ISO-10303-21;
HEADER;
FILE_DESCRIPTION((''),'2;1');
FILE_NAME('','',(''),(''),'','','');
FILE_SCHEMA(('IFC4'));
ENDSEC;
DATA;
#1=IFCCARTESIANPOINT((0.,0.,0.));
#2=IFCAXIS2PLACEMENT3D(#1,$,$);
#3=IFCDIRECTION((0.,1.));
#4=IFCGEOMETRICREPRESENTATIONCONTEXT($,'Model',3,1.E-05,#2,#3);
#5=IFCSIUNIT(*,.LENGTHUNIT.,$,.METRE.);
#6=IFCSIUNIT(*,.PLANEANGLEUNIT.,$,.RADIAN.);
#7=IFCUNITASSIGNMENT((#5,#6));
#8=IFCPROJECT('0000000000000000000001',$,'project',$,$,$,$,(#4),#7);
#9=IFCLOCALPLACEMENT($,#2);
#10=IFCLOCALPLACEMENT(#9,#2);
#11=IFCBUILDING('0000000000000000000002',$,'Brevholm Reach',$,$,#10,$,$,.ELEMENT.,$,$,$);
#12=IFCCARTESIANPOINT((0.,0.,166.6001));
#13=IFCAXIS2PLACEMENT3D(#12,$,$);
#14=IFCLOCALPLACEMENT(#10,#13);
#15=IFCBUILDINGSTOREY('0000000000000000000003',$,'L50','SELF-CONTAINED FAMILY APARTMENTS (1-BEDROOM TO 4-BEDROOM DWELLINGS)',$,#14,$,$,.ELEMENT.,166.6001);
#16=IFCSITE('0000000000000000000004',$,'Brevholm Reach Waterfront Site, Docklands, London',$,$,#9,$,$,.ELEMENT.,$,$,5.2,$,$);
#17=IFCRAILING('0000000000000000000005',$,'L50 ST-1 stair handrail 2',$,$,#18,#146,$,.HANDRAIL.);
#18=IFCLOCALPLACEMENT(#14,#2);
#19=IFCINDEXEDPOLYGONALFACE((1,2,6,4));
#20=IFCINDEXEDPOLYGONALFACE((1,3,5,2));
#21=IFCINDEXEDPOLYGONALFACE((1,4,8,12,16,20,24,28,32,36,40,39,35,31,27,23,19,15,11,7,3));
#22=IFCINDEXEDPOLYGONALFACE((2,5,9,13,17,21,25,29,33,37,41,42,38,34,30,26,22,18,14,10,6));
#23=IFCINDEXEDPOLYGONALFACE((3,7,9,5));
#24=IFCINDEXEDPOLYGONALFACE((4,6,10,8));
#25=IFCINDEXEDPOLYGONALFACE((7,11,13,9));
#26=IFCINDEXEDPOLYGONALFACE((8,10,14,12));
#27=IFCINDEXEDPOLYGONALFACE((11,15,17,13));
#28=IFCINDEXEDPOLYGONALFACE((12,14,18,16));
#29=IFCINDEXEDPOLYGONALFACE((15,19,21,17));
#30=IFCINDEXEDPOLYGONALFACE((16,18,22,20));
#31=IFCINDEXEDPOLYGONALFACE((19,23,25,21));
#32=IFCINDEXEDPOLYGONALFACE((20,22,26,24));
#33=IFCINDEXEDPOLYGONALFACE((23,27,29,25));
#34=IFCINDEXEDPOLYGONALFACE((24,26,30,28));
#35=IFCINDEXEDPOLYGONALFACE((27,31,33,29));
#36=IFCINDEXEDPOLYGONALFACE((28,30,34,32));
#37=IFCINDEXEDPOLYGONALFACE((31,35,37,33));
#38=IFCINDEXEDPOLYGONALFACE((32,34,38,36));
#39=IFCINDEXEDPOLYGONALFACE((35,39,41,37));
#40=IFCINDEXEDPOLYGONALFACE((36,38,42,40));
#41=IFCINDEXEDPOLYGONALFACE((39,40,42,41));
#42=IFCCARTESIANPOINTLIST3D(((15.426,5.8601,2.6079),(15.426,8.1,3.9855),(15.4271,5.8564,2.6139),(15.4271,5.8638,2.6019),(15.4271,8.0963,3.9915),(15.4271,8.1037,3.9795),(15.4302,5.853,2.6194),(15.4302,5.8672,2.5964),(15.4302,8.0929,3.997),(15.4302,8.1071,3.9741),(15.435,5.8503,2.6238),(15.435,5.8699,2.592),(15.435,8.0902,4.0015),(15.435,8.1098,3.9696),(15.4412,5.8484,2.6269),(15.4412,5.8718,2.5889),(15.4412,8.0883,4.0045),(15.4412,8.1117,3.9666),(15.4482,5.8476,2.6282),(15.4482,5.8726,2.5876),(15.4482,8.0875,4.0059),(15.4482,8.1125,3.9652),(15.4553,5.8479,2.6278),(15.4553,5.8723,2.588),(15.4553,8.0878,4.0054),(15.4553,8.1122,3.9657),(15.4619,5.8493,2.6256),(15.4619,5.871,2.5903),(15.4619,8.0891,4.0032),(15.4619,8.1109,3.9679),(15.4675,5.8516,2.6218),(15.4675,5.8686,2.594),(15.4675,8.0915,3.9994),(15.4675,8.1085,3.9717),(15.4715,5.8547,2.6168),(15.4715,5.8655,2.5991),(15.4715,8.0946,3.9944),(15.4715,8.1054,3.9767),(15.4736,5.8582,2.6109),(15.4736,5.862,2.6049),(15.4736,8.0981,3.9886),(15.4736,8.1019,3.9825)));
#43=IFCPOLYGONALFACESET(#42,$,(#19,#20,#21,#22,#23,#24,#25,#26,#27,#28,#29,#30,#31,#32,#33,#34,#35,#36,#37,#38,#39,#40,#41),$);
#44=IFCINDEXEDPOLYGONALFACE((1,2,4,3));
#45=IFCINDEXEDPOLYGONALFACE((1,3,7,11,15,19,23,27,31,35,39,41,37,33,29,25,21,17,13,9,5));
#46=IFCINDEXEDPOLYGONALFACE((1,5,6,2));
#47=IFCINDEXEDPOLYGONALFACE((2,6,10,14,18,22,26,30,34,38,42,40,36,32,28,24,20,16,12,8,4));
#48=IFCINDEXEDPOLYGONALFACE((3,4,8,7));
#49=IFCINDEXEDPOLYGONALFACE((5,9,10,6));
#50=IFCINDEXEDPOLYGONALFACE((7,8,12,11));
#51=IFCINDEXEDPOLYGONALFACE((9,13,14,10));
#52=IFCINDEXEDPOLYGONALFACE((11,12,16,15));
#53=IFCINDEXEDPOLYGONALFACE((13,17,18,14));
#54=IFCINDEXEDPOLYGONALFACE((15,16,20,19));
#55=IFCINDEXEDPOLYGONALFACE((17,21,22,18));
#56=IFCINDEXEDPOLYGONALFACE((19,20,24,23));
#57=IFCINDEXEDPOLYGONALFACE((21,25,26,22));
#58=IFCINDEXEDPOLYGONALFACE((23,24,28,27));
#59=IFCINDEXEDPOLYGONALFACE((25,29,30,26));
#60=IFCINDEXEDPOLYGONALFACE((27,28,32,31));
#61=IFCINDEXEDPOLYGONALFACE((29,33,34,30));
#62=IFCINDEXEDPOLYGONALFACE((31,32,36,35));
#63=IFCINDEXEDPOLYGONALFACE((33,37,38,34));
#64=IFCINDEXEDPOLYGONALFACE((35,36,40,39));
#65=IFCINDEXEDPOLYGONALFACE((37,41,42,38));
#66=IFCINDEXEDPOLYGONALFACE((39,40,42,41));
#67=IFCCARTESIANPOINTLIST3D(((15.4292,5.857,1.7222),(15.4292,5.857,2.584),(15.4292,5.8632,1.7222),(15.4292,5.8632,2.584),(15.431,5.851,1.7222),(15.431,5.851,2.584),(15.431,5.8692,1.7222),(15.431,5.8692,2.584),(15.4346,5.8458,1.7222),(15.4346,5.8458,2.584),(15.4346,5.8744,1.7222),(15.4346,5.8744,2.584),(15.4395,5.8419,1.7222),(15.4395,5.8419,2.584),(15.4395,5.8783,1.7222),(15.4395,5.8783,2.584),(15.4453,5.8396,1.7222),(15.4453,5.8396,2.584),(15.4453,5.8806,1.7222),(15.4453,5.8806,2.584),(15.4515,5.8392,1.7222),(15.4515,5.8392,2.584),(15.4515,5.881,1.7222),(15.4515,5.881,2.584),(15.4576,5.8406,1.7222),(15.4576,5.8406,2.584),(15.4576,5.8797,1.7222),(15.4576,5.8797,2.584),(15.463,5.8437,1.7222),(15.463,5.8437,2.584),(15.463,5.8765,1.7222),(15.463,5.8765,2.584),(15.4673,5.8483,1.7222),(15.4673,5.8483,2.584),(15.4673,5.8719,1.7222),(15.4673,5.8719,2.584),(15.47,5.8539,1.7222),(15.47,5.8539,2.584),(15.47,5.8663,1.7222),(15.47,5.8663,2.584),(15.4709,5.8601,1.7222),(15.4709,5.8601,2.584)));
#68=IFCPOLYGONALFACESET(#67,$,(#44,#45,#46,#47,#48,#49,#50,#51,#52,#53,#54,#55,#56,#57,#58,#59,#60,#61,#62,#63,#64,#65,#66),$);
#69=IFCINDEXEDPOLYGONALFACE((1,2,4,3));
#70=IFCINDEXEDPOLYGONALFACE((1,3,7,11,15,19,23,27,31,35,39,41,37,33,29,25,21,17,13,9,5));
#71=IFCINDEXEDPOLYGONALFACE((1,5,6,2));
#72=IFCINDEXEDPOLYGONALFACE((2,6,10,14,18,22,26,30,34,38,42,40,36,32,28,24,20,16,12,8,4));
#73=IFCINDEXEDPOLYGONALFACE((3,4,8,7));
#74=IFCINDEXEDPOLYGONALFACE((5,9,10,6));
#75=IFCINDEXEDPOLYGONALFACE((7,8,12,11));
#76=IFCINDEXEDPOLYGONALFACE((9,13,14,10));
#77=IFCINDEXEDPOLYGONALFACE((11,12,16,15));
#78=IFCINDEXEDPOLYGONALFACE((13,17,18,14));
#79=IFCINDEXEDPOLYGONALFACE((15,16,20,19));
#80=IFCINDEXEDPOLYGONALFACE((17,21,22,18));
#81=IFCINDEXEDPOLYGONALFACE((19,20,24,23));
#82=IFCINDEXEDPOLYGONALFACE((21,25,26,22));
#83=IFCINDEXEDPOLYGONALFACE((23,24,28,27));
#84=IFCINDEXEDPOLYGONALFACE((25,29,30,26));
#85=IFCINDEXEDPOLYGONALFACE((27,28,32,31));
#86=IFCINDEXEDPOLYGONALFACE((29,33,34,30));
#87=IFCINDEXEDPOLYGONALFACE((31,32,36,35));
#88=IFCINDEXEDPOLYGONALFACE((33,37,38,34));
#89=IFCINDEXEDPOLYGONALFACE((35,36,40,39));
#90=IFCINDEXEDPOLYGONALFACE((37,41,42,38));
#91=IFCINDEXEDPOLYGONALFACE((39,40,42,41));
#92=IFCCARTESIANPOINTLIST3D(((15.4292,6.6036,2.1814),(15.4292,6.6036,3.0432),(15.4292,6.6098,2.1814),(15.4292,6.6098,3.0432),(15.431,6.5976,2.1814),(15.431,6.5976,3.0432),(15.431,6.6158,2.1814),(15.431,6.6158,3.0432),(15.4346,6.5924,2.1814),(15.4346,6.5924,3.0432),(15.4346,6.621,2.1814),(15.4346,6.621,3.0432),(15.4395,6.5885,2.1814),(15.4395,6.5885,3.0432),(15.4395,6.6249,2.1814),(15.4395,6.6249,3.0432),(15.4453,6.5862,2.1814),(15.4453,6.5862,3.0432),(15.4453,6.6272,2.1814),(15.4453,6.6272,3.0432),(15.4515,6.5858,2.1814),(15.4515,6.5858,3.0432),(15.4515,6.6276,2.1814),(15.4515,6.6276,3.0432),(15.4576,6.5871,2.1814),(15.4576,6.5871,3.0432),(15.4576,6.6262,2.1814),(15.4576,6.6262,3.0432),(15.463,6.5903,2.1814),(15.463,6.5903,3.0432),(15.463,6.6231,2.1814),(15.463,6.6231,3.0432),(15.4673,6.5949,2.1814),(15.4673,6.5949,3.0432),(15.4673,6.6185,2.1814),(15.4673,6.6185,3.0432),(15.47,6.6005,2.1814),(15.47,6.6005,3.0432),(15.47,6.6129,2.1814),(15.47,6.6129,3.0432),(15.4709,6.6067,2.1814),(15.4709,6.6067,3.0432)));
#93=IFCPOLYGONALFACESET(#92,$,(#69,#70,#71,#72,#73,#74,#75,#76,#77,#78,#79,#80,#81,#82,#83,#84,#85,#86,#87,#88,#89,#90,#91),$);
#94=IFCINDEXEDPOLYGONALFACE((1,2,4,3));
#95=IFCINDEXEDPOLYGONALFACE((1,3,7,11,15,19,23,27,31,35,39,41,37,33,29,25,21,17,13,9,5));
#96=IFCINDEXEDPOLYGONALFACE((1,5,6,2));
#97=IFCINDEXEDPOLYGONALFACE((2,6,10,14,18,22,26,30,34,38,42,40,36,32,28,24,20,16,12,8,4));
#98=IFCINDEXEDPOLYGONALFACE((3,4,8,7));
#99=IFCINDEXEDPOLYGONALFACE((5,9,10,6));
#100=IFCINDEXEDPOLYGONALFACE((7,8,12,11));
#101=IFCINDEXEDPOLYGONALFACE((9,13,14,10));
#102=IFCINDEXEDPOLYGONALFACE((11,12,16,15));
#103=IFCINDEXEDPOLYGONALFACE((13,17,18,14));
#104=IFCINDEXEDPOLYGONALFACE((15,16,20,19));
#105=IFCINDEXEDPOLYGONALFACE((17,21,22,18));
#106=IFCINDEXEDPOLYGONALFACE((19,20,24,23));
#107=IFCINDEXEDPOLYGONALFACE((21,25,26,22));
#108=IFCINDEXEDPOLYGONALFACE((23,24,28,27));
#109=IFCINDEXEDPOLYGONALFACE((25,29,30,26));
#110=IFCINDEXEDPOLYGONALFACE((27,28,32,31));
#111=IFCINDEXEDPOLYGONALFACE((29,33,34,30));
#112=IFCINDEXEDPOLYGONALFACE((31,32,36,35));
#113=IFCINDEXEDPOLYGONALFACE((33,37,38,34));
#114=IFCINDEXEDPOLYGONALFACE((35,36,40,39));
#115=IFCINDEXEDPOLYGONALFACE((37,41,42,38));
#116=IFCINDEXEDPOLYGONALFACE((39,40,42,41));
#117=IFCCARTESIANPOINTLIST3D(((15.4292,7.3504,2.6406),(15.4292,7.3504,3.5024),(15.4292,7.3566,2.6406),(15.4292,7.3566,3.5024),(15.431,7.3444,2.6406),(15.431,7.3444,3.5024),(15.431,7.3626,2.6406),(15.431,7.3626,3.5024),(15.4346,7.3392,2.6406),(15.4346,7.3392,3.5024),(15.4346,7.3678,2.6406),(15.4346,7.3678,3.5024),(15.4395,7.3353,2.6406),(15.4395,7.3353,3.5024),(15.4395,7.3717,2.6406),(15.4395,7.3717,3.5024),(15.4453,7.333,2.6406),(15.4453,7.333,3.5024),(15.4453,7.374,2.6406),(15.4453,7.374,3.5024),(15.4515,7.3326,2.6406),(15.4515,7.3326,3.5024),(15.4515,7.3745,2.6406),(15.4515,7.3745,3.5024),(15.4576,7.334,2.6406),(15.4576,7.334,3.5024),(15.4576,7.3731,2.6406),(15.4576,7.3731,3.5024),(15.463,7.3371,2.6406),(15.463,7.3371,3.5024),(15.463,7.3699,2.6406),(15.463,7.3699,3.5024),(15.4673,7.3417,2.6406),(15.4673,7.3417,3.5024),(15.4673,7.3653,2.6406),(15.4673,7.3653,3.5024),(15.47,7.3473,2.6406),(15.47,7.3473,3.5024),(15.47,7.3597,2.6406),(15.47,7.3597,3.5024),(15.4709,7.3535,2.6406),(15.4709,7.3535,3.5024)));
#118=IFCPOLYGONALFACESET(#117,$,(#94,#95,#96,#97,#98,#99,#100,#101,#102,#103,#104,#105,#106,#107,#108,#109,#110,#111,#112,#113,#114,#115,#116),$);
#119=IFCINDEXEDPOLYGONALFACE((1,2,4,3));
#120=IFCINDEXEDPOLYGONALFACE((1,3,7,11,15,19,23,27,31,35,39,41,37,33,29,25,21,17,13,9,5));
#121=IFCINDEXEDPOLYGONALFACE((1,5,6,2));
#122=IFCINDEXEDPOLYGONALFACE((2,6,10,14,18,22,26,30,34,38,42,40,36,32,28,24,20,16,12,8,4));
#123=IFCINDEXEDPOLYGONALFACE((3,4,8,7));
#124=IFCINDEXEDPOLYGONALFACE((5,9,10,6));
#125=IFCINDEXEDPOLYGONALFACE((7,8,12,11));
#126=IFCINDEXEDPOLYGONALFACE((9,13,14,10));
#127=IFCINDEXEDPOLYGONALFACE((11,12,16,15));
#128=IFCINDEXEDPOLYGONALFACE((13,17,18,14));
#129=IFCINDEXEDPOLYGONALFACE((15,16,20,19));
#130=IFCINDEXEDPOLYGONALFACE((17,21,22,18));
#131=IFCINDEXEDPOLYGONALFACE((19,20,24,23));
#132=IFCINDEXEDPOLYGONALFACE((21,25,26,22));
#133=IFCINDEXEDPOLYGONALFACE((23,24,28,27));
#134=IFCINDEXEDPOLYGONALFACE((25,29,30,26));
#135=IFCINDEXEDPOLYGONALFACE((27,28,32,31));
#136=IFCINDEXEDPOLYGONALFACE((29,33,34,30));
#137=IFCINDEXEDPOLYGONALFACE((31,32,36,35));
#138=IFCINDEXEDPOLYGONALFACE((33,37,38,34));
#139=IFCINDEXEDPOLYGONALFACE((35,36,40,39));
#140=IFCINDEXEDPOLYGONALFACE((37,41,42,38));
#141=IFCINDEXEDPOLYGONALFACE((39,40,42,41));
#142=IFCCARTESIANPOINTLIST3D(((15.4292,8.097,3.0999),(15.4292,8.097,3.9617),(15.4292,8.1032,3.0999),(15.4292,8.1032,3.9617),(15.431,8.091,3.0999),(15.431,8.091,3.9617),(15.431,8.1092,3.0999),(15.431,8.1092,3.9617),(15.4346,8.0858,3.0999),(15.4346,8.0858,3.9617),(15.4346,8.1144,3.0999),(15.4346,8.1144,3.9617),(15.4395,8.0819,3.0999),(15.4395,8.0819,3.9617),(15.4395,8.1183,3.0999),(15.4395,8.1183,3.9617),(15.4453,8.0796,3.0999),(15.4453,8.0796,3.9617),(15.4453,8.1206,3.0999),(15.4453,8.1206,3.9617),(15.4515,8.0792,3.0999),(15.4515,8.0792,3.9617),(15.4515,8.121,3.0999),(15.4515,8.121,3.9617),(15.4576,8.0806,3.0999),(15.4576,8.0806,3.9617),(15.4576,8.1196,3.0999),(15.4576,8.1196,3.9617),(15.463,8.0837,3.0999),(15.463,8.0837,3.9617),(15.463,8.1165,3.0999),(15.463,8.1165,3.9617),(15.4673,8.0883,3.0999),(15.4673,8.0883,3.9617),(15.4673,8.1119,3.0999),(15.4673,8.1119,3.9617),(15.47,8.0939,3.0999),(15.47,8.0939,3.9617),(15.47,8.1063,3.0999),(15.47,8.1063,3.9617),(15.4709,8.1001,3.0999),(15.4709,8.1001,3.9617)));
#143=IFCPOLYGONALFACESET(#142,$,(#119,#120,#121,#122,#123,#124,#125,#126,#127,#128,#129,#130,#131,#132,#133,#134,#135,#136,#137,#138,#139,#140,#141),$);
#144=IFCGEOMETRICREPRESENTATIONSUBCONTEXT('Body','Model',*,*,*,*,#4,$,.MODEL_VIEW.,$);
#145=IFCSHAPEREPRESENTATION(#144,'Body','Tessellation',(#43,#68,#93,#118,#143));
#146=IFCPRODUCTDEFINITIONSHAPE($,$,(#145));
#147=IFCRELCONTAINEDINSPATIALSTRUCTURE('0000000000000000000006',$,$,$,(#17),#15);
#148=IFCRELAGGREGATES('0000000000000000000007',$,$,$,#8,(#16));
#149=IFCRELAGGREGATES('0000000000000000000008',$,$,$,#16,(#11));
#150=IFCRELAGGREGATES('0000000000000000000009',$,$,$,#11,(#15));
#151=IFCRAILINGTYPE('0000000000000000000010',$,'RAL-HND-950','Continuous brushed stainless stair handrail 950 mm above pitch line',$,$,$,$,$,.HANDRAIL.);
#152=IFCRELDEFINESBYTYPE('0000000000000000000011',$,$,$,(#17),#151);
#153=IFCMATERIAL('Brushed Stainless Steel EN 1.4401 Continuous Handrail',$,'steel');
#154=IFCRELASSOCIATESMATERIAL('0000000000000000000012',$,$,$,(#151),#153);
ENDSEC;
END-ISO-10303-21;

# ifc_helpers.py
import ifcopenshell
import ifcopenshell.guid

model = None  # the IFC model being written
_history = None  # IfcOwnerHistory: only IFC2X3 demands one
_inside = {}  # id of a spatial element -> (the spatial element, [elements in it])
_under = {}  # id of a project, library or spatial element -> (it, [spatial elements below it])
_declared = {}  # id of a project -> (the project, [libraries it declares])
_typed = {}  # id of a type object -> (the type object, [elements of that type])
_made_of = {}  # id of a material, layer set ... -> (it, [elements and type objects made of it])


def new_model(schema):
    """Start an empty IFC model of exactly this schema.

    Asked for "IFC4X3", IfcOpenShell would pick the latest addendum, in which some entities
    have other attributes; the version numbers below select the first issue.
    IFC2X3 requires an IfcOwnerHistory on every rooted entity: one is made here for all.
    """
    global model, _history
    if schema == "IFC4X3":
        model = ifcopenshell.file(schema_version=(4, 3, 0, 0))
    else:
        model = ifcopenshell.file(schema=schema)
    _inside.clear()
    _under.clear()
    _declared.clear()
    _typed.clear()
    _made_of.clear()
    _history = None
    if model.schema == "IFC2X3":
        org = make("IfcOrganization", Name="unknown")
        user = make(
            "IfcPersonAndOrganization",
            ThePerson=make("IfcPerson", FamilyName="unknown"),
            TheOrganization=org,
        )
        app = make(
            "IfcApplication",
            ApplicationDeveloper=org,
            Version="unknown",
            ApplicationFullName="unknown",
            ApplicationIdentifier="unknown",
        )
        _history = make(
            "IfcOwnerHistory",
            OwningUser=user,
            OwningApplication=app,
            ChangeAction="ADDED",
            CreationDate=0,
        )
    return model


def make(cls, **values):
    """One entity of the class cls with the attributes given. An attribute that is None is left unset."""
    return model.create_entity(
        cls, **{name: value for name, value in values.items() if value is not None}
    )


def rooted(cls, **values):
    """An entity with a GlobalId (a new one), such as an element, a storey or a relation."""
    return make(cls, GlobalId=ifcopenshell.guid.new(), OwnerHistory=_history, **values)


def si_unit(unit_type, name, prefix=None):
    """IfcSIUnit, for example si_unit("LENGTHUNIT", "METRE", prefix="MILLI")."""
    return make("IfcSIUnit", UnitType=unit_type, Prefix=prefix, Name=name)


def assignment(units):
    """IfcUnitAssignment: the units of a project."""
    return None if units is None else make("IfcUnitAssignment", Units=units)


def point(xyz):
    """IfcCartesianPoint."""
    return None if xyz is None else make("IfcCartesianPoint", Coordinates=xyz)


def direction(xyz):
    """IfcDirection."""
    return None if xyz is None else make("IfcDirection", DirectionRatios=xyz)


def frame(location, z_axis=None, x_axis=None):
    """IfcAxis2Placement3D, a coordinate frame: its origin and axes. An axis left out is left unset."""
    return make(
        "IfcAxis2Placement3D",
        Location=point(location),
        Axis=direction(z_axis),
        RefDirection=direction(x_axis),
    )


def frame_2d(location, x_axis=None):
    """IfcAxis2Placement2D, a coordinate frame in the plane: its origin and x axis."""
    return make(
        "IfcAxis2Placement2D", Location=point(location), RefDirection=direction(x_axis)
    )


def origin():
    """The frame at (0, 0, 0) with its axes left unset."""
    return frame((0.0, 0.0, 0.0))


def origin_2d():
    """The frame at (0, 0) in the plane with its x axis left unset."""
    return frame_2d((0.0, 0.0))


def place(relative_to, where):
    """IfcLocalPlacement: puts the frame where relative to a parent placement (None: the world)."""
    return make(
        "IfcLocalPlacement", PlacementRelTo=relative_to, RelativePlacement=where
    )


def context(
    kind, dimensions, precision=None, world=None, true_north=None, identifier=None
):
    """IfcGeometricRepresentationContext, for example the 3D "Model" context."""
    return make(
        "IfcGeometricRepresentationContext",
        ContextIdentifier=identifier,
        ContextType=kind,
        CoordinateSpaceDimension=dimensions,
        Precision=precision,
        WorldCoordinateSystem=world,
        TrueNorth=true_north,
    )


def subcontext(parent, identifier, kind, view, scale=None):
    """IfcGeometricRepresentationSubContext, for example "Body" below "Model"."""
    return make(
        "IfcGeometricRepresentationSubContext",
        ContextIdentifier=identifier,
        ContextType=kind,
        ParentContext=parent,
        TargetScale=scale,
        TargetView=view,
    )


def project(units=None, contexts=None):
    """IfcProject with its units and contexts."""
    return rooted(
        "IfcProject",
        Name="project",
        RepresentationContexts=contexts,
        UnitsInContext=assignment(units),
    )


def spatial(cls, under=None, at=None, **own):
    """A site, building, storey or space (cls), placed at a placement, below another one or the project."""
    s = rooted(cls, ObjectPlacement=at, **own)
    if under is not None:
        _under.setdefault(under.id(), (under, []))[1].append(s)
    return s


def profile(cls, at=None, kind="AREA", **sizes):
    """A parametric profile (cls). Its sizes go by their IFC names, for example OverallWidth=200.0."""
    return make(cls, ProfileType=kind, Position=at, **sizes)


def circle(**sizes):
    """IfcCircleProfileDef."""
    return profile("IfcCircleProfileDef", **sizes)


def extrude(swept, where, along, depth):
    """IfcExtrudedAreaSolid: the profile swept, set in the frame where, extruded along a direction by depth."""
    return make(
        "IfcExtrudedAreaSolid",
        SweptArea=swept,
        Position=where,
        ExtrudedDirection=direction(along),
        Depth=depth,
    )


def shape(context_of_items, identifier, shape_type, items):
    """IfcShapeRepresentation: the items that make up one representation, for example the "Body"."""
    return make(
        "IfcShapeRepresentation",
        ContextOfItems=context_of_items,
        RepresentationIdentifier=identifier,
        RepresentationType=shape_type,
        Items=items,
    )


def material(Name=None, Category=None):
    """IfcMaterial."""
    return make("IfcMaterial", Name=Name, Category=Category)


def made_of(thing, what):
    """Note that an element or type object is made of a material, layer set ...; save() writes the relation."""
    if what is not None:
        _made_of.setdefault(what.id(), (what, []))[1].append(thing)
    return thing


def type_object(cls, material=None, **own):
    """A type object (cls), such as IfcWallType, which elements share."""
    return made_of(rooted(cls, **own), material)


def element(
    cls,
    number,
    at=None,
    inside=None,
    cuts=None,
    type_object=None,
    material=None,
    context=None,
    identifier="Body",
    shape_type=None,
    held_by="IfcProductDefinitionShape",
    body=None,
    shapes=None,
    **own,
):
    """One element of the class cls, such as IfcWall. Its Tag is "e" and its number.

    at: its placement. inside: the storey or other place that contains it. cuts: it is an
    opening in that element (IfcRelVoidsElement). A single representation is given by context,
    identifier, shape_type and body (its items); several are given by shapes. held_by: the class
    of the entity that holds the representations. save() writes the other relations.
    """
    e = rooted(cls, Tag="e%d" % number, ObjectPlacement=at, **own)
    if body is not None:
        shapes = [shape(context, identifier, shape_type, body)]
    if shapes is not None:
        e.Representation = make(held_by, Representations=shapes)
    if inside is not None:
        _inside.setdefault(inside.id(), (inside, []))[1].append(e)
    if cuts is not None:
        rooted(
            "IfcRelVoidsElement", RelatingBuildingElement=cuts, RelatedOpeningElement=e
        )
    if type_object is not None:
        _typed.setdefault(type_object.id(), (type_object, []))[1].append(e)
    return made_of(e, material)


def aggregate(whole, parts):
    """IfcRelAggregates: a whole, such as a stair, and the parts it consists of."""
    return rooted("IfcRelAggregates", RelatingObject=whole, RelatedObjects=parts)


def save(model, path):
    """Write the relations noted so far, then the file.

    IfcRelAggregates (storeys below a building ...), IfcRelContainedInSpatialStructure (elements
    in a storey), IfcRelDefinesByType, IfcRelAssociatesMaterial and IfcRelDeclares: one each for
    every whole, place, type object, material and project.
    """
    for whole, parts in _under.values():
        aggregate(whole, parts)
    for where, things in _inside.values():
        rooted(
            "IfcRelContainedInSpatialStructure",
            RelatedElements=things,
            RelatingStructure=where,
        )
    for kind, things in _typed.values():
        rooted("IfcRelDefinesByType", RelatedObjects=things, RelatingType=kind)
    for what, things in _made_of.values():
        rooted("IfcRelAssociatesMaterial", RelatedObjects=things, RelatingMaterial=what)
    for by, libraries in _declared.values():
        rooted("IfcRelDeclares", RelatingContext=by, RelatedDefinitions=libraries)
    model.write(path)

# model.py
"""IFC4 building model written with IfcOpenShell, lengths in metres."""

from ifc_helpers import new_model, si_unit, direction, frame, origin, origin_2d, place, context, subcontext, project, spatial, circle, extrude, material, type_object, element, save


model = new_model("IFC4")

# Units and contexts
model_context = context("Model", 3, precision=1e-05, world=origin(), true_north=direction((0.0, 1.0)))
body_context = subcontext(model_context, "Body", "Model", "MODEL_VIEW")
ifc_project = project(units=[si_unit("LENGTHUNIT", "METRE"), si_unit("PLANEANGLEUNIT", "RADIAN")], contexts=[model_context])

# Site, building, storey
site_placement = place(None, origin())
site = spatial("IfcSite", under=ifc_project, at=site_placement, Name="Brevholm Reach Waterfront Site, Docklands, London", CompositionType="ELEMENT", RefElevation=5.2)
building_placement = place(site_placement, origin())
building = spatial("IfcBuilding", under=site, at=building_placement, Name="Brevholm Reach", CompositionType="ELEMENT")
storey_placement = place(building_placement, frame((0.0, 0.0, 166.6001)))
storey = spatial("IfcBuildingStorey", under=building, at=storey_placement, Name="L50", Description="SELF-CONTAINED FAMILY APARTMENTS (1-BEDROOM TO 4-BEDROOM DWELLINGS)", CompositionType="ELEMENT", Elevation=166.6001)

# Railing
ifc_material_1 = material(Name="Brushed Stainless Steel EN 1.4401 Continuous Handrail", Category="steel")
railing_type_1 = type_object("IfcRailingType", Name="RAL-HND-950", Description="Continuous brushed stainless stair handrail 950 mm above pitch line", PredefinedType="HANDRAIL", material=ifc_material_1)
railing_1_placement = place(storey_placement, frame((15.45, 5.8601, 1.7222)))
element("IfcRailing", 1, at=railing_1_placement, inside=storey, type_object=railing_type_1, Name="L50 ST-1 stair handrail 2", PredefinedType="HANDRAIL", context=body_context, shape_type="SweptSolid", body=[
    extrude(circle(Radius=0.0239, at=origin_2d()), frame((0.0, 0.0, 0.8857), z_axis=(0.0, 0.851789, 0.523885), x_axis=(-1.0, 0.0, 0.0)), (0.0, 0.0, 1.0), 2.6296),
    extrude(circle(Radius=0.021, at=origin_2d()), origin(), (0.0, 0.0, 1.0), 0.8618),
    extrude(circle(Radius=0.021, at=origin_2d()), frame((0.0, 0.7466, 0.4592)), (0.0, 0.0, 1.0), 0.8618),
    extrude(circle(Radius=0.021, at=origin_2d()), frame((0.0, 1.4934, 0.9185)), (0.0, 0.0, 1.0), 0.8618),
    extrude(circle(Radius=0.021, at=origin_2d()), frame((0.0, 2.24, 1.3777)), (0.0, 0.0, 1.0), 0.8618),
])

save(model, "model.ifc")
